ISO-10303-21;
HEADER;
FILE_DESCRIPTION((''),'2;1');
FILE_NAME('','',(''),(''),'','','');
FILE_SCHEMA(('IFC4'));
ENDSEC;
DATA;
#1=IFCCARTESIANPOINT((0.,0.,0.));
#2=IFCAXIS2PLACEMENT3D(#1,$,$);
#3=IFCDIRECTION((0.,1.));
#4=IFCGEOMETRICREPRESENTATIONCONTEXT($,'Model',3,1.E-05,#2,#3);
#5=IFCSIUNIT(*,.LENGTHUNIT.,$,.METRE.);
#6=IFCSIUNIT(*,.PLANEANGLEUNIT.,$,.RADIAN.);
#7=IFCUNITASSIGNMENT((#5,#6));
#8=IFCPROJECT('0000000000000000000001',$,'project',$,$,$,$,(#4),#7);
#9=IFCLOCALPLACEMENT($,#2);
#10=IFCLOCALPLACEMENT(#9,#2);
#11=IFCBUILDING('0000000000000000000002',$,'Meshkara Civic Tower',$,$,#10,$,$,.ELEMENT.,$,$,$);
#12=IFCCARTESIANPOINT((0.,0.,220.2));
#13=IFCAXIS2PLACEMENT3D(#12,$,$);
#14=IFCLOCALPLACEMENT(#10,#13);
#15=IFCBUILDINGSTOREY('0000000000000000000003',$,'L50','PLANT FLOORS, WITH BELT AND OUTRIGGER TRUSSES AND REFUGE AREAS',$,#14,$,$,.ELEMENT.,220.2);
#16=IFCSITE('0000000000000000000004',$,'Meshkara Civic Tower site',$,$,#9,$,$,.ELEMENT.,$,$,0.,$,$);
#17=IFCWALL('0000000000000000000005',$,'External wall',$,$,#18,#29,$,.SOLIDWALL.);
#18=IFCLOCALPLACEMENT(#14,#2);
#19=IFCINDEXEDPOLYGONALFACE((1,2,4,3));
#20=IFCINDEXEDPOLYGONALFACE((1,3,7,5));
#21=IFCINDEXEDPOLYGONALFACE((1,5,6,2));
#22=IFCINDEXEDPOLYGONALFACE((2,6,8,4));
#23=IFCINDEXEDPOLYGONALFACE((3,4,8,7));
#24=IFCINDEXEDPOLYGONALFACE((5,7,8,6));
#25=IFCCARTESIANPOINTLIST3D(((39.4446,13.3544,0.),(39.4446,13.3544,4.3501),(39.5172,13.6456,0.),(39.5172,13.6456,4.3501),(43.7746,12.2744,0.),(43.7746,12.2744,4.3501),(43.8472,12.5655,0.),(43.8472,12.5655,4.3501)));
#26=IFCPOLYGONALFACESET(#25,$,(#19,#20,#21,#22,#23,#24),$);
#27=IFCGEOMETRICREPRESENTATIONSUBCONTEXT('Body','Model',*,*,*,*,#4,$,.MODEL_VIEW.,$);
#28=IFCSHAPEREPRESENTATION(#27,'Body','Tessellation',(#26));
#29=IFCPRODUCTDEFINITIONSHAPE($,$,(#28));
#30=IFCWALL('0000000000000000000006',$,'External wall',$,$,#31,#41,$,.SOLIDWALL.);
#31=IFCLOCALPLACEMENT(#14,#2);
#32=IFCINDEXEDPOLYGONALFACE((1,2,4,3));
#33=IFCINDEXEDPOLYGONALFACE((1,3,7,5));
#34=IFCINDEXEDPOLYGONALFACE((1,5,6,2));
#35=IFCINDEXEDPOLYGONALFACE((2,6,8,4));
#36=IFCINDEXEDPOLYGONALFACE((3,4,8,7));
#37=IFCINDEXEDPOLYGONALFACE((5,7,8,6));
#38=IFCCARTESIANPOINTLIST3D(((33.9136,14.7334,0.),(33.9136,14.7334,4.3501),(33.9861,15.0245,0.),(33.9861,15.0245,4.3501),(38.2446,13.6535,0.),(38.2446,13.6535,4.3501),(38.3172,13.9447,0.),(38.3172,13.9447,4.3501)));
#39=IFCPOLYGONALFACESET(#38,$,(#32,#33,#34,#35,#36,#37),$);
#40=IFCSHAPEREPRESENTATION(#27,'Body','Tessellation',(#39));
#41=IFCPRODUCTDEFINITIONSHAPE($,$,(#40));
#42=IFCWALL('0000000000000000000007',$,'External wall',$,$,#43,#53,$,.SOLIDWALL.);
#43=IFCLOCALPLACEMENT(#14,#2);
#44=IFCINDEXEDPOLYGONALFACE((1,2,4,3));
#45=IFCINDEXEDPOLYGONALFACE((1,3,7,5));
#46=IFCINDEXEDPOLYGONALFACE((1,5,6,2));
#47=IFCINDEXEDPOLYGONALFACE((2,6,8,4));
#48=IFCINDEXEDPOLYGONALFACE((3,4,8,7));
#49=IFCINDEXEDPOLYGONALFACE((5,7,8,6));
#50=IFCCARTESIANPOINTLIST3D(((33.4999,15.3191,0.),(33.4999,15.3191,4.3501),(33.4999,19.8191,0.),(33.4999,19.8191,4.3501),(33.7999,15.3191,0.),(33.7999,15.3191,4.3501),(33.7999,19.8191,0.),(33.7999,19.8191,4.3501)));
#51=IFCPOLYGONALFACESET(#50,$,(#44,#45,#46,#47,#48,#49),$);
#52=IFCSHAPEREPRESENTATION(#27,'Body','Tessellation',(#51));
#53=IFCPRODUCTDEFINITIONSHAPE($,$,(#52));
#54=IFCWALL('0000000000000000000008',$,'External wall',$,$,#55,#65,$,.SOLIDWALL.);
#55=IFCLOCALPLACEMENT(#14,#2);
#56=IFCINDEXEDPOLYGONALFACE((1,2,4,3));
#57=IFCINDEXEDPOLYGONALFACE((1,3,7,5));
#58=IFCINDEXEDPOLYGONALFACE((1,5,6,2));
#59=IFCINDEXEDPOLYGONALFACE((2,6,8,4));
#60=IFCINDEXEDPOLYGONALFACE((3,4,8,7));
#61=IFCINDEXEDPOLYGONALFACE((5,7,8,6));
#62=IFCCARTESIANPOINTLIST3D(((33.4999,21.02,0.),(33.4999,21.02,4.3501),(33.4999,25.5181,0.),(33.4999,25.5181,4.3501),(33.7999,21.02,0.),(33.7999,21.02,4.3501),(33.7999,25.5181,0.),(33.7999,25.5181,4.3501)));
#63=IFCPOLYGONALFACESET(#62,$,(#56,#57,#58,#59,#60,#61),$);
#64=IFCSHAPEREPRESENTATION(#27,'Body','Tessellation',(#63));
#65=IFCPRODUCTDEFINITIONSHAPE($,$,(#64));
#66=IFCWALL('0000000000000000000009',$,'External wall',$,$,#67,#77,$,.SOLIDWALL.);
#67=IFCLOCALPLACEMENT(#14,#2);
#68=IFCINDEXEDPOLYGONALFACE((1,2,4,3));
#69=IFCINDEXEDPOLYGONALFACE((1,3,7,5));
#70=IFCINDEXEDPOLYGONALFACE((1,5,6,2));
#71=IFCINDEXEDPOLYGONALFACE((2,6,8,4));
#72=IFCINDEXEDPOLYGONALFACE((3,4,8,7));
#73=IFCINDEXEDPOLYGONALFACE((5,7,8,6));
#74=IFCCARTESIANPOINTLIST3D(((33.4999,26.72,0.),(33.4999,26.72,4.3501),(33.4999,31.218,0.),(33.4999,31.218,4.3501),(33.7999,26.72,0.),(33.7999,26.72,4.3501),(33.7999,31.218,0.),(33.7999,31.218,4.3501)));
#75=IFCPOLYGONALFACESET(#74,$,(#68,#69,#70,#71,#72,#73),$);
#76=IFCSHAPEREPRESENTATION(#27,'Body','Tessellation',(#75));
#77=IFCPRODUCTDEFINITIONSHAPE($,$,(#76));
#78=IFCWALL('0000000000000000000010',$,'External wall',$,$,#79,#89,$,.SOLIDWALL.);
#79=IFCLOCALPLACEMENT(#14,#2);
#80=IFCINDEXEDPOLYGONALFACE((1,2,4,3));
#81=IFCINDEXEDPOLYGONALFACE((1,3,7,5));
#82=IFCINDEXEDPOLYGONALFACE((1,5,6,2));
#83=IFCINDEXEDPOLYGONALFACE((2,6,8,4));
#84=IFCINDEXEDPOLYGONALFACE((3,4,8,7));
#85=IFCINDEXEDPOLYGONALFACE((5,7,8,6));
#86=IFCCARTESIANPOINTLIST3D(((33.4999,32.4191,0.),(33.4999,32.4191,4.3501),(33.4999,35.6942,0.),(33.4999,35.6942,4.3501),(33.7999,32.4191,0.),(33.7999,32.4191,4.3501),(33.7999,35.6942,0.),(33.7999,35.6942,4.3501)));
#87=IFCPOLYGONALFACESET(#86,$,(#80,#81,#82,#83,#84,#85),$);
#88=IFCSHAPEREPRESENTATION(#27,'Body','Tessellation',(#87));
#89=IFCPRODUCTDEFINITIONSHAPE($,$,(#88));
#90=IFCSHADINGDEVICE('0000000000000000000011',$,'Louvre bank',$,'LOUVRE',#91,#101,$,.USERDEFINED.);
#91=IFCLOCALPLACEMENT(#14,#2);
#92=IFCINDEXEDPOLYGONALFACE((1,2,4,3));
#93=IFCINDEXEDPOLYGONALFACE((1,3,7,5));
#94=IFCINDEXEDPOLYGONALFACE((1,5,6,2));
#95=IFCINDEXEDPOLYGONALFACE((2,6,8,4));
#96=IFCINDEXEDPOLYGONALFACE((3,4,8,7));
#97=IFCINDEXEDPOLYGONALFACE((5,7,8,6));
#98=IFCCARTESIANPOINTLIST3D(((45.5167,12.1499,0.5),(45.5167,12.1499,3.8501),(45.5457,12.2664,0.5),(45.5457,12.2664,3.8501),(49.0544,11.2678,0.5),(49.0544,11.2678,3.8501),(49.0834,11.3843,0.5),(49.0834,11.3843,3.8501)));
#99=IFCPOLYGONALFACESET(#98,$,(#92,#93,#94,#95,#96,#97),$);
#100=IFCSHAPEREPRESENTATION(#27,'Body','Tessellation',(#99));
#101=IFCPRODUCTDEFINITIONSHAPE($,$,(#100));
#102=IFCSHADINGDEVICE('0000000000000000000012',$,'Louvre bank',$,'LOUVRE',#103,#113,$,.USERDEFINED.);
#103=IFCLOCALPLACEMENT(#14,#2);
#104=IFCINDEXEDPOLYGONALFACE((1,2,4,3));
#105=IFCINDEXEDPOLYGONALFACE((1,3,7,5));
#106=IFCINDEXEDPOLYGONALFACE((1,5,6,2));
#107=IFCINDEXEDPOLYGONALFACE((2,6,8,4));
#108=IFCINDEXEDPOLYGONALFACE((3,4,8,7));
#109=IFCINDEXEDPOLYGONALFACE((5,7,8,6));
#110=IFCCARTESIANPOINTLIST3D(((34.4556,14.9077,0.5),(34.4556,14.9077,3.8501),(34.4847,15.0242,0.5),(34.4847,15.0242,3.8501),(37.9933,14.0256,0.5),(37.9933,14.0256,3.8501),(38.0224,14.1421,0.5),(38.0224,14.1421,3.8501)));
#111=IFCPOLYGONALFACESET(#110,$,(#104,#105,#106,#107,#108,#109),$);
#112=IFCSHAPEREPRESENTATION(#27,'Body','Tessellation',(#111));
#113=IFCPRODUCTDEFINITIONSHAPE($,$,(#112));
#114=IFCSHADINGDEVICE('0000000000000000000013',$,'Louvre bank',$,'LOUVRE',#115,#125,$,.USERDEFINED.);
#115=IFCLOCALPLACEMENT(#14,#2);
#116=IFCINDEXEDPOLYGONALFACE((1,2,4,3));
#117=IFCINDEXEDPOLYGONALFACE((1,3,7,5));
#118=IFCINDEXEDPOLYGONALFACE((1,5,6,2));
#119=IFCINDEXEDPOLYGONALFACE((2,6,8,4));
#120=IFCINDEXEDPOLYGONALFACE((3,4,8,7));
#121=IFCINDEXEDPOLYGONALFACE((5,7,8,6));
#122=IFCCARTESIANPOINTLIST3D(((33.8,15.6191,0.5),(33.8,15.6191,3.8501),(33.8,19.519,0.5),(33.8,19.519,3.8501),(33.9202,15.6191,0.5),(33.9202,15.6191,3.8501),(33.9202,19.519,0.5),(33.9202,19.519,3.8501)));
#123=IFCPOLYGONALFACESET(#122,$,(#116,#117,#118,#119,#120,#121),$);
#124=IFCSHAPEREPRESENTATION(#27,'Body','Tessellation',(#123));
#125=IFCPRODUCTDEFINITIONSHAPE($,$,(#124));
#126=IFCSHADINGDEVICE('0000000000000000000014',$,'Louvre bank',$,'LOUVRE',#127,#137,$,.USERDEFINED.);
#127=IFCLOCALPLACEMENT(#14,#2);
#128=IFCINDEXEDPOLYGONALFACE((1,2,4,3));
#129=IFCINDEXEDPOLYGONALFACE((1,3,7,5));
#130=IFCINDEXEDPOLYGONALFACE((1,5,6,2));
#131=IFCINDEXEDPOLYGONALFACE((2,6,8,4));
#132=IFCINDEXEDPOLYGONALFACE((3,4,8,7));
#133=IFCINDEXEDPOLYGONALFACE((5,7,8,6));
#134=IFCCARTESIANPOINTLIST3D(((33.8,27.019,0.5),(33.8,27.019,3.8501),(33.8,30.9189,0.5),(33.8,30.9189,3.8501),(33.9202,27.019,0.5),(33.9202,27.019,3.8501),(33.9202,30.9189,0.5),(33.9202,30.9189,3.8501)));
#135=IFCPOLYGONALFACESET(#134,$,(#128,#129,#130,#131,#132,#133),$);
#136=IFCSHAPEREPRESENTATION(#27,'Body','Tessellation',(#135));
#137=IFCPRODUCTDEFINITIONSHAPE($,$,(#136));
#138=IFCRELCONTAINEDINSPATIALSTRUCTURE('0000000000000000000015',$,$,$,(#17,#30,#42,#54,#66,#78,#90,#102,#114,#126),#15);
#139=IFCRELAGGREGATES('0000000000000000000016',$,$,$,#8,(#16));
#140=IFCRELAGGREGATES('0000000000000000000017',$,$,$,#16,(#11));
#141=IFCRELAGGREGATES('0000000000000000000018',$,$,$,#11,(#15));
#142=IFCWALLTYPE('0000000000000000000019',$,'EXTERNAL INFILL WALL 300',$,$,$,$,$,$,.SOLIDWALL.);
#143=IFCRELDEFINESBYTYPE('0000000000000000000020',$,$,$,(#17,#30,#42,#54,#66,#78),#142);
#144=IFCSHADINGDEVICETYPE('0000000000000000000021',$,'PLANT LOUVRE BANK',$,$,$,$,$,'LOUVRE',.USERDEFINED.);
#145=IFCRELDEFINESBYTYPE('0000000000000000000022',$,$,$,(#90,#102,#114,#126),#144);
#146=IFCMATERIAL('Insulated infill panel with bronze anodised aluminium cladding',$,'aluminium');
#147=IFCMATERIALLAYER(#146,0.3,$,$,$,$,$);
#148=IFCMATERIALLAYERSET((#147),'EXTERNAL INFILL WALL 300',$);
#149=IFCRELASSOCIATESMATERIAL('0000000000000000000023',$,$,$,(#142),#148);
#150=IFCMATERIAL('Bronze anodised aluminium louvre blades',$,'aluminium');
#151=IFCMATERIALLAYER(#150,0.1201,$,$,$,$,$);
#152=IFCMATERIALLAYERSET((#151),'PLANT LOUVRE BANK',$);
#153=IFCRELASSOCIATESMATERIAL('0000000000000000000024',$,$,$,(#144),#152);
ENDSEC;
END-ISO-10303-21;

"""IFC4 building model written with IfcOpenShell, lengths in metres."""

from ifc_helpers import new_model, si_unit, direction, frame, frame_2d, origin, origin_2d, place, context, subcontext, project, spatial, rectangle, extrude, material, layer, layer_set, type_object, element, save


model = new_model("IFC4")

# Units and contexts
model_context = context("Model", 3, precision=1e-05, world=origin(), true_north=direction((0.0, 1.0)))
body_context = subcontext(model_context, "Body", "Model", "MODEL_VIEW")
ifc_project = project(units=[si_unit("LENGTHUNIT", "METRE"), si_unit("PLANEANGLEUNIT", "RADIAN")], contexts=[model_context])

# Site, building, storey
site_placement = place(None, origin())
site = spatial("IfcSite", under=ifc_project, at=site_placement, Name="Meshkara Civic Tower site", CompositionType="ELEMENT", RefElevation=0.0)
building_placement = place(site_placement, origin())
building = spatial("IfcBuilding", under=site, at=building_placement, Name="Meshkara Civic Tower", CompositionType="ELEMENT")
storey_placement = place(building_placement, frame((0.0, 0.0, 220.2)))
storey = spatial("IfcBuildingStorey", under=building, at=storey_placement, Name="L50", Description="PLANT FLOORS, WITH BELT AND OUTRIGGER TRUSSES AND REFUGE AREAS", CompositionType="ELEMENT", Elevation=220.2)

# Walls
ifc_material_1 = material(Name="Insulated infill panel with bronze anodised aluminium cladding", Category="aluminium")
ifc_layer_1 = layer(ifc_material_1, 0.3)
ifc_layer_set_1 = layer_set([ifc_layer_1], Name="EXTERNAL INFILL WALL 300")
wall_type = type_object("IfcWallType", Name="EXTERNAL INFILL WALL 300", PredefinedType="SOLIDWALL", material=ifc_layer_set_1)
wall_1_placement = place(storey_placement, frame((43.811, 12.4199, 0.0), z_axis=(0.0, 0.0, 1.0), x_axis=(-0.970271, 0.242021, 0.0)))
element("IfcWall", 1, at=wall_1_placement, inside=storey, type_object=wall_type, Name="External wall", PredefinedType="SOLIDWALL", context=body_context, shape_type="SweptSolid", body=[
    extrude(rectangle(XDim=4.4626, YDim=0.3, at=frame_2d((2.2314, 0.0))), origin(), (0.0, 0.0, 1.0), 4.3501),
])
wall_2_placement = place(storey_placement, frame((38.281, 13.7991, 0.0), z_axis=(0.0, 0.0, 1.0), x_axis=(-0.970297, 0.241918, 0.0)))
element("IfcWall", 2, at=wall_2_placement, inside=storey, type_object=wall_type, Name="External wall", PredefinedType="SOLIDWALL", context=body_context, shape_type="SweptSolid", body=[
    extrude(rectangle(XDim=4.4636, YDim=0.3, at=frame_2d((2.2319, 0.0))), origin(), (0.0, 0.0, 1.0), 4.3501),
])
wall_3_placement = place(storey_placement, frame((33.6499, 15.3191, 0.0), z_axis=(0.0, 0.0, 1.0), x_axis=(0.0, 1.0, 0.0)))
element("IfcWall", 3, at=wall_3_placement, inside=storey, type_object=wall_type, Name="External wall", PredefinedType="SOLIDWALL", context=body_context, shape_type="SweptSolid", body=[
    extrude(rectangle(XDim=4.5, YDim=0.3, at=frame_2d((2.25, 0.0))), origin(), (0.0, 0.0, 1.0), 4.3501),
])
for number, where, z_axis, x_axis, name in (
    (4, (33.6499, 21.02, 0.0), (0.0, 0.0, 1.0), (0.0, 1.0, 0.0), "External wall"),
    (5, (33.6499, 26.72, 0.0), (0.0, 0.0, 1.0), (0.0, 1.0, 0.0), "External wall"),
):
    element("IfcWall", number, at=place(storey_placement, frame(where, z_axis=z_axis, x_axis=x_axis)), inside=storey, type_object=wall_type, Name=name, PredefinedType="SOLIDWALL", context=body_context, shape_type="SweptSolid", body=[
        extrude(rectangle(XDim=4.498, YDim=0.3, at=frame_2d((2.249, 0.0))), origin(), (0.0, 0.0, 1.0), 4.3501),
    ])
wall_4_placement = place(storey_placement, frame((33.6499, 32.4189, 0.0), z_axis=(0.0, 0.0, 1.0), x_axis=(0.0, 1.0, 0.0)))
element("IfcWall", 6, at=wall_4_placement, inside=storey, type_object=wall_type, Name="External wall", PredefinedType="SOLIDWALL", context=body_context, shape_type="SweptSolid", body=[
    extrude(rectangle(XDim=3.2751, YDim=0.3, at=frame_2d((1.6377, 0.0))), origin(), (0.0, 0.0, 1.0), 4.3501),
])

# Shading devices
ifc_material_2 = material(Name="Bronze anodised aluminium louvre blades", Category="aluminium")
ifc_layer_2 = layer(ifc_material_2, 0.1201)
ifc_layer_set_2 = layer_set([ifc_layer_2], Name="PLANT LOUVRE BANK")
shading_device_type = type_object("IfcShadingDeviceType", Name="PLANT LOUVRE BANK", ElementType="LOUVRE", PredefinedType="USERDEFINED", material=ifc_layer_set_2)
for number, where, z_axis, x_axis, name in (
    (7, (47.3, 11.7671, 0.5), (0.0, 0.0, 1.0), (-0.970292, 0.241939, 0.0), "Louvre bank"),
    (8, (36.239, 14.5249, 0.5), (0.0, 0.0, 1.0), (-0.970292, 0.241939, 0.0), "Louvre bank"),
):
    element("IfcShadingDevice", number, at=place(storey_placement, frame(where, z_axis=z_axis, x_axis=x_axis)), inside=storey, type_object=shading_device_type, Name=name, ObjectType="LOUVRE", PredefinedType="USERDEFINED", context=body_context, shape_type="SweptSolid", body=[
        extrude(rectangle(XDim=3.646, YDim=0.1201, at=origin_2d()), origin(), (0.0, 0.0, 1.0), 3.3501),
    ])
for number, where, z_axis, x_axis, name in (
    (9, (33.8601, 17.5691, 0.5), (0.0, 0.0, 1.0), (0.0, 1.0, 0.0), "Louvre bank"),
    (10, (33.8601, 28.969, 0.5), (0.0, 0.0, 1.0), (0.0, 1.0, 0.0), "Louvre bank"),
):
    element("IfcShadingDevice", number, at=place(storey_placement, frame(where, z_axis=z_axis, x_axis=x_axis)), inside=storey, type_object=shading_device_type, Name=name, ObjectType="LOUVRE", PredefinedType="USERDEFINED", context=body_context, shape_type="SweptSolid", body=[
        extrude(rectangle(XDim=3.8999, YDim=0.1201, at=origin_2d()), origin(), (0.0, 0.0, 1.0), 3.3501),
    ])

save(model, "model.ifc")
